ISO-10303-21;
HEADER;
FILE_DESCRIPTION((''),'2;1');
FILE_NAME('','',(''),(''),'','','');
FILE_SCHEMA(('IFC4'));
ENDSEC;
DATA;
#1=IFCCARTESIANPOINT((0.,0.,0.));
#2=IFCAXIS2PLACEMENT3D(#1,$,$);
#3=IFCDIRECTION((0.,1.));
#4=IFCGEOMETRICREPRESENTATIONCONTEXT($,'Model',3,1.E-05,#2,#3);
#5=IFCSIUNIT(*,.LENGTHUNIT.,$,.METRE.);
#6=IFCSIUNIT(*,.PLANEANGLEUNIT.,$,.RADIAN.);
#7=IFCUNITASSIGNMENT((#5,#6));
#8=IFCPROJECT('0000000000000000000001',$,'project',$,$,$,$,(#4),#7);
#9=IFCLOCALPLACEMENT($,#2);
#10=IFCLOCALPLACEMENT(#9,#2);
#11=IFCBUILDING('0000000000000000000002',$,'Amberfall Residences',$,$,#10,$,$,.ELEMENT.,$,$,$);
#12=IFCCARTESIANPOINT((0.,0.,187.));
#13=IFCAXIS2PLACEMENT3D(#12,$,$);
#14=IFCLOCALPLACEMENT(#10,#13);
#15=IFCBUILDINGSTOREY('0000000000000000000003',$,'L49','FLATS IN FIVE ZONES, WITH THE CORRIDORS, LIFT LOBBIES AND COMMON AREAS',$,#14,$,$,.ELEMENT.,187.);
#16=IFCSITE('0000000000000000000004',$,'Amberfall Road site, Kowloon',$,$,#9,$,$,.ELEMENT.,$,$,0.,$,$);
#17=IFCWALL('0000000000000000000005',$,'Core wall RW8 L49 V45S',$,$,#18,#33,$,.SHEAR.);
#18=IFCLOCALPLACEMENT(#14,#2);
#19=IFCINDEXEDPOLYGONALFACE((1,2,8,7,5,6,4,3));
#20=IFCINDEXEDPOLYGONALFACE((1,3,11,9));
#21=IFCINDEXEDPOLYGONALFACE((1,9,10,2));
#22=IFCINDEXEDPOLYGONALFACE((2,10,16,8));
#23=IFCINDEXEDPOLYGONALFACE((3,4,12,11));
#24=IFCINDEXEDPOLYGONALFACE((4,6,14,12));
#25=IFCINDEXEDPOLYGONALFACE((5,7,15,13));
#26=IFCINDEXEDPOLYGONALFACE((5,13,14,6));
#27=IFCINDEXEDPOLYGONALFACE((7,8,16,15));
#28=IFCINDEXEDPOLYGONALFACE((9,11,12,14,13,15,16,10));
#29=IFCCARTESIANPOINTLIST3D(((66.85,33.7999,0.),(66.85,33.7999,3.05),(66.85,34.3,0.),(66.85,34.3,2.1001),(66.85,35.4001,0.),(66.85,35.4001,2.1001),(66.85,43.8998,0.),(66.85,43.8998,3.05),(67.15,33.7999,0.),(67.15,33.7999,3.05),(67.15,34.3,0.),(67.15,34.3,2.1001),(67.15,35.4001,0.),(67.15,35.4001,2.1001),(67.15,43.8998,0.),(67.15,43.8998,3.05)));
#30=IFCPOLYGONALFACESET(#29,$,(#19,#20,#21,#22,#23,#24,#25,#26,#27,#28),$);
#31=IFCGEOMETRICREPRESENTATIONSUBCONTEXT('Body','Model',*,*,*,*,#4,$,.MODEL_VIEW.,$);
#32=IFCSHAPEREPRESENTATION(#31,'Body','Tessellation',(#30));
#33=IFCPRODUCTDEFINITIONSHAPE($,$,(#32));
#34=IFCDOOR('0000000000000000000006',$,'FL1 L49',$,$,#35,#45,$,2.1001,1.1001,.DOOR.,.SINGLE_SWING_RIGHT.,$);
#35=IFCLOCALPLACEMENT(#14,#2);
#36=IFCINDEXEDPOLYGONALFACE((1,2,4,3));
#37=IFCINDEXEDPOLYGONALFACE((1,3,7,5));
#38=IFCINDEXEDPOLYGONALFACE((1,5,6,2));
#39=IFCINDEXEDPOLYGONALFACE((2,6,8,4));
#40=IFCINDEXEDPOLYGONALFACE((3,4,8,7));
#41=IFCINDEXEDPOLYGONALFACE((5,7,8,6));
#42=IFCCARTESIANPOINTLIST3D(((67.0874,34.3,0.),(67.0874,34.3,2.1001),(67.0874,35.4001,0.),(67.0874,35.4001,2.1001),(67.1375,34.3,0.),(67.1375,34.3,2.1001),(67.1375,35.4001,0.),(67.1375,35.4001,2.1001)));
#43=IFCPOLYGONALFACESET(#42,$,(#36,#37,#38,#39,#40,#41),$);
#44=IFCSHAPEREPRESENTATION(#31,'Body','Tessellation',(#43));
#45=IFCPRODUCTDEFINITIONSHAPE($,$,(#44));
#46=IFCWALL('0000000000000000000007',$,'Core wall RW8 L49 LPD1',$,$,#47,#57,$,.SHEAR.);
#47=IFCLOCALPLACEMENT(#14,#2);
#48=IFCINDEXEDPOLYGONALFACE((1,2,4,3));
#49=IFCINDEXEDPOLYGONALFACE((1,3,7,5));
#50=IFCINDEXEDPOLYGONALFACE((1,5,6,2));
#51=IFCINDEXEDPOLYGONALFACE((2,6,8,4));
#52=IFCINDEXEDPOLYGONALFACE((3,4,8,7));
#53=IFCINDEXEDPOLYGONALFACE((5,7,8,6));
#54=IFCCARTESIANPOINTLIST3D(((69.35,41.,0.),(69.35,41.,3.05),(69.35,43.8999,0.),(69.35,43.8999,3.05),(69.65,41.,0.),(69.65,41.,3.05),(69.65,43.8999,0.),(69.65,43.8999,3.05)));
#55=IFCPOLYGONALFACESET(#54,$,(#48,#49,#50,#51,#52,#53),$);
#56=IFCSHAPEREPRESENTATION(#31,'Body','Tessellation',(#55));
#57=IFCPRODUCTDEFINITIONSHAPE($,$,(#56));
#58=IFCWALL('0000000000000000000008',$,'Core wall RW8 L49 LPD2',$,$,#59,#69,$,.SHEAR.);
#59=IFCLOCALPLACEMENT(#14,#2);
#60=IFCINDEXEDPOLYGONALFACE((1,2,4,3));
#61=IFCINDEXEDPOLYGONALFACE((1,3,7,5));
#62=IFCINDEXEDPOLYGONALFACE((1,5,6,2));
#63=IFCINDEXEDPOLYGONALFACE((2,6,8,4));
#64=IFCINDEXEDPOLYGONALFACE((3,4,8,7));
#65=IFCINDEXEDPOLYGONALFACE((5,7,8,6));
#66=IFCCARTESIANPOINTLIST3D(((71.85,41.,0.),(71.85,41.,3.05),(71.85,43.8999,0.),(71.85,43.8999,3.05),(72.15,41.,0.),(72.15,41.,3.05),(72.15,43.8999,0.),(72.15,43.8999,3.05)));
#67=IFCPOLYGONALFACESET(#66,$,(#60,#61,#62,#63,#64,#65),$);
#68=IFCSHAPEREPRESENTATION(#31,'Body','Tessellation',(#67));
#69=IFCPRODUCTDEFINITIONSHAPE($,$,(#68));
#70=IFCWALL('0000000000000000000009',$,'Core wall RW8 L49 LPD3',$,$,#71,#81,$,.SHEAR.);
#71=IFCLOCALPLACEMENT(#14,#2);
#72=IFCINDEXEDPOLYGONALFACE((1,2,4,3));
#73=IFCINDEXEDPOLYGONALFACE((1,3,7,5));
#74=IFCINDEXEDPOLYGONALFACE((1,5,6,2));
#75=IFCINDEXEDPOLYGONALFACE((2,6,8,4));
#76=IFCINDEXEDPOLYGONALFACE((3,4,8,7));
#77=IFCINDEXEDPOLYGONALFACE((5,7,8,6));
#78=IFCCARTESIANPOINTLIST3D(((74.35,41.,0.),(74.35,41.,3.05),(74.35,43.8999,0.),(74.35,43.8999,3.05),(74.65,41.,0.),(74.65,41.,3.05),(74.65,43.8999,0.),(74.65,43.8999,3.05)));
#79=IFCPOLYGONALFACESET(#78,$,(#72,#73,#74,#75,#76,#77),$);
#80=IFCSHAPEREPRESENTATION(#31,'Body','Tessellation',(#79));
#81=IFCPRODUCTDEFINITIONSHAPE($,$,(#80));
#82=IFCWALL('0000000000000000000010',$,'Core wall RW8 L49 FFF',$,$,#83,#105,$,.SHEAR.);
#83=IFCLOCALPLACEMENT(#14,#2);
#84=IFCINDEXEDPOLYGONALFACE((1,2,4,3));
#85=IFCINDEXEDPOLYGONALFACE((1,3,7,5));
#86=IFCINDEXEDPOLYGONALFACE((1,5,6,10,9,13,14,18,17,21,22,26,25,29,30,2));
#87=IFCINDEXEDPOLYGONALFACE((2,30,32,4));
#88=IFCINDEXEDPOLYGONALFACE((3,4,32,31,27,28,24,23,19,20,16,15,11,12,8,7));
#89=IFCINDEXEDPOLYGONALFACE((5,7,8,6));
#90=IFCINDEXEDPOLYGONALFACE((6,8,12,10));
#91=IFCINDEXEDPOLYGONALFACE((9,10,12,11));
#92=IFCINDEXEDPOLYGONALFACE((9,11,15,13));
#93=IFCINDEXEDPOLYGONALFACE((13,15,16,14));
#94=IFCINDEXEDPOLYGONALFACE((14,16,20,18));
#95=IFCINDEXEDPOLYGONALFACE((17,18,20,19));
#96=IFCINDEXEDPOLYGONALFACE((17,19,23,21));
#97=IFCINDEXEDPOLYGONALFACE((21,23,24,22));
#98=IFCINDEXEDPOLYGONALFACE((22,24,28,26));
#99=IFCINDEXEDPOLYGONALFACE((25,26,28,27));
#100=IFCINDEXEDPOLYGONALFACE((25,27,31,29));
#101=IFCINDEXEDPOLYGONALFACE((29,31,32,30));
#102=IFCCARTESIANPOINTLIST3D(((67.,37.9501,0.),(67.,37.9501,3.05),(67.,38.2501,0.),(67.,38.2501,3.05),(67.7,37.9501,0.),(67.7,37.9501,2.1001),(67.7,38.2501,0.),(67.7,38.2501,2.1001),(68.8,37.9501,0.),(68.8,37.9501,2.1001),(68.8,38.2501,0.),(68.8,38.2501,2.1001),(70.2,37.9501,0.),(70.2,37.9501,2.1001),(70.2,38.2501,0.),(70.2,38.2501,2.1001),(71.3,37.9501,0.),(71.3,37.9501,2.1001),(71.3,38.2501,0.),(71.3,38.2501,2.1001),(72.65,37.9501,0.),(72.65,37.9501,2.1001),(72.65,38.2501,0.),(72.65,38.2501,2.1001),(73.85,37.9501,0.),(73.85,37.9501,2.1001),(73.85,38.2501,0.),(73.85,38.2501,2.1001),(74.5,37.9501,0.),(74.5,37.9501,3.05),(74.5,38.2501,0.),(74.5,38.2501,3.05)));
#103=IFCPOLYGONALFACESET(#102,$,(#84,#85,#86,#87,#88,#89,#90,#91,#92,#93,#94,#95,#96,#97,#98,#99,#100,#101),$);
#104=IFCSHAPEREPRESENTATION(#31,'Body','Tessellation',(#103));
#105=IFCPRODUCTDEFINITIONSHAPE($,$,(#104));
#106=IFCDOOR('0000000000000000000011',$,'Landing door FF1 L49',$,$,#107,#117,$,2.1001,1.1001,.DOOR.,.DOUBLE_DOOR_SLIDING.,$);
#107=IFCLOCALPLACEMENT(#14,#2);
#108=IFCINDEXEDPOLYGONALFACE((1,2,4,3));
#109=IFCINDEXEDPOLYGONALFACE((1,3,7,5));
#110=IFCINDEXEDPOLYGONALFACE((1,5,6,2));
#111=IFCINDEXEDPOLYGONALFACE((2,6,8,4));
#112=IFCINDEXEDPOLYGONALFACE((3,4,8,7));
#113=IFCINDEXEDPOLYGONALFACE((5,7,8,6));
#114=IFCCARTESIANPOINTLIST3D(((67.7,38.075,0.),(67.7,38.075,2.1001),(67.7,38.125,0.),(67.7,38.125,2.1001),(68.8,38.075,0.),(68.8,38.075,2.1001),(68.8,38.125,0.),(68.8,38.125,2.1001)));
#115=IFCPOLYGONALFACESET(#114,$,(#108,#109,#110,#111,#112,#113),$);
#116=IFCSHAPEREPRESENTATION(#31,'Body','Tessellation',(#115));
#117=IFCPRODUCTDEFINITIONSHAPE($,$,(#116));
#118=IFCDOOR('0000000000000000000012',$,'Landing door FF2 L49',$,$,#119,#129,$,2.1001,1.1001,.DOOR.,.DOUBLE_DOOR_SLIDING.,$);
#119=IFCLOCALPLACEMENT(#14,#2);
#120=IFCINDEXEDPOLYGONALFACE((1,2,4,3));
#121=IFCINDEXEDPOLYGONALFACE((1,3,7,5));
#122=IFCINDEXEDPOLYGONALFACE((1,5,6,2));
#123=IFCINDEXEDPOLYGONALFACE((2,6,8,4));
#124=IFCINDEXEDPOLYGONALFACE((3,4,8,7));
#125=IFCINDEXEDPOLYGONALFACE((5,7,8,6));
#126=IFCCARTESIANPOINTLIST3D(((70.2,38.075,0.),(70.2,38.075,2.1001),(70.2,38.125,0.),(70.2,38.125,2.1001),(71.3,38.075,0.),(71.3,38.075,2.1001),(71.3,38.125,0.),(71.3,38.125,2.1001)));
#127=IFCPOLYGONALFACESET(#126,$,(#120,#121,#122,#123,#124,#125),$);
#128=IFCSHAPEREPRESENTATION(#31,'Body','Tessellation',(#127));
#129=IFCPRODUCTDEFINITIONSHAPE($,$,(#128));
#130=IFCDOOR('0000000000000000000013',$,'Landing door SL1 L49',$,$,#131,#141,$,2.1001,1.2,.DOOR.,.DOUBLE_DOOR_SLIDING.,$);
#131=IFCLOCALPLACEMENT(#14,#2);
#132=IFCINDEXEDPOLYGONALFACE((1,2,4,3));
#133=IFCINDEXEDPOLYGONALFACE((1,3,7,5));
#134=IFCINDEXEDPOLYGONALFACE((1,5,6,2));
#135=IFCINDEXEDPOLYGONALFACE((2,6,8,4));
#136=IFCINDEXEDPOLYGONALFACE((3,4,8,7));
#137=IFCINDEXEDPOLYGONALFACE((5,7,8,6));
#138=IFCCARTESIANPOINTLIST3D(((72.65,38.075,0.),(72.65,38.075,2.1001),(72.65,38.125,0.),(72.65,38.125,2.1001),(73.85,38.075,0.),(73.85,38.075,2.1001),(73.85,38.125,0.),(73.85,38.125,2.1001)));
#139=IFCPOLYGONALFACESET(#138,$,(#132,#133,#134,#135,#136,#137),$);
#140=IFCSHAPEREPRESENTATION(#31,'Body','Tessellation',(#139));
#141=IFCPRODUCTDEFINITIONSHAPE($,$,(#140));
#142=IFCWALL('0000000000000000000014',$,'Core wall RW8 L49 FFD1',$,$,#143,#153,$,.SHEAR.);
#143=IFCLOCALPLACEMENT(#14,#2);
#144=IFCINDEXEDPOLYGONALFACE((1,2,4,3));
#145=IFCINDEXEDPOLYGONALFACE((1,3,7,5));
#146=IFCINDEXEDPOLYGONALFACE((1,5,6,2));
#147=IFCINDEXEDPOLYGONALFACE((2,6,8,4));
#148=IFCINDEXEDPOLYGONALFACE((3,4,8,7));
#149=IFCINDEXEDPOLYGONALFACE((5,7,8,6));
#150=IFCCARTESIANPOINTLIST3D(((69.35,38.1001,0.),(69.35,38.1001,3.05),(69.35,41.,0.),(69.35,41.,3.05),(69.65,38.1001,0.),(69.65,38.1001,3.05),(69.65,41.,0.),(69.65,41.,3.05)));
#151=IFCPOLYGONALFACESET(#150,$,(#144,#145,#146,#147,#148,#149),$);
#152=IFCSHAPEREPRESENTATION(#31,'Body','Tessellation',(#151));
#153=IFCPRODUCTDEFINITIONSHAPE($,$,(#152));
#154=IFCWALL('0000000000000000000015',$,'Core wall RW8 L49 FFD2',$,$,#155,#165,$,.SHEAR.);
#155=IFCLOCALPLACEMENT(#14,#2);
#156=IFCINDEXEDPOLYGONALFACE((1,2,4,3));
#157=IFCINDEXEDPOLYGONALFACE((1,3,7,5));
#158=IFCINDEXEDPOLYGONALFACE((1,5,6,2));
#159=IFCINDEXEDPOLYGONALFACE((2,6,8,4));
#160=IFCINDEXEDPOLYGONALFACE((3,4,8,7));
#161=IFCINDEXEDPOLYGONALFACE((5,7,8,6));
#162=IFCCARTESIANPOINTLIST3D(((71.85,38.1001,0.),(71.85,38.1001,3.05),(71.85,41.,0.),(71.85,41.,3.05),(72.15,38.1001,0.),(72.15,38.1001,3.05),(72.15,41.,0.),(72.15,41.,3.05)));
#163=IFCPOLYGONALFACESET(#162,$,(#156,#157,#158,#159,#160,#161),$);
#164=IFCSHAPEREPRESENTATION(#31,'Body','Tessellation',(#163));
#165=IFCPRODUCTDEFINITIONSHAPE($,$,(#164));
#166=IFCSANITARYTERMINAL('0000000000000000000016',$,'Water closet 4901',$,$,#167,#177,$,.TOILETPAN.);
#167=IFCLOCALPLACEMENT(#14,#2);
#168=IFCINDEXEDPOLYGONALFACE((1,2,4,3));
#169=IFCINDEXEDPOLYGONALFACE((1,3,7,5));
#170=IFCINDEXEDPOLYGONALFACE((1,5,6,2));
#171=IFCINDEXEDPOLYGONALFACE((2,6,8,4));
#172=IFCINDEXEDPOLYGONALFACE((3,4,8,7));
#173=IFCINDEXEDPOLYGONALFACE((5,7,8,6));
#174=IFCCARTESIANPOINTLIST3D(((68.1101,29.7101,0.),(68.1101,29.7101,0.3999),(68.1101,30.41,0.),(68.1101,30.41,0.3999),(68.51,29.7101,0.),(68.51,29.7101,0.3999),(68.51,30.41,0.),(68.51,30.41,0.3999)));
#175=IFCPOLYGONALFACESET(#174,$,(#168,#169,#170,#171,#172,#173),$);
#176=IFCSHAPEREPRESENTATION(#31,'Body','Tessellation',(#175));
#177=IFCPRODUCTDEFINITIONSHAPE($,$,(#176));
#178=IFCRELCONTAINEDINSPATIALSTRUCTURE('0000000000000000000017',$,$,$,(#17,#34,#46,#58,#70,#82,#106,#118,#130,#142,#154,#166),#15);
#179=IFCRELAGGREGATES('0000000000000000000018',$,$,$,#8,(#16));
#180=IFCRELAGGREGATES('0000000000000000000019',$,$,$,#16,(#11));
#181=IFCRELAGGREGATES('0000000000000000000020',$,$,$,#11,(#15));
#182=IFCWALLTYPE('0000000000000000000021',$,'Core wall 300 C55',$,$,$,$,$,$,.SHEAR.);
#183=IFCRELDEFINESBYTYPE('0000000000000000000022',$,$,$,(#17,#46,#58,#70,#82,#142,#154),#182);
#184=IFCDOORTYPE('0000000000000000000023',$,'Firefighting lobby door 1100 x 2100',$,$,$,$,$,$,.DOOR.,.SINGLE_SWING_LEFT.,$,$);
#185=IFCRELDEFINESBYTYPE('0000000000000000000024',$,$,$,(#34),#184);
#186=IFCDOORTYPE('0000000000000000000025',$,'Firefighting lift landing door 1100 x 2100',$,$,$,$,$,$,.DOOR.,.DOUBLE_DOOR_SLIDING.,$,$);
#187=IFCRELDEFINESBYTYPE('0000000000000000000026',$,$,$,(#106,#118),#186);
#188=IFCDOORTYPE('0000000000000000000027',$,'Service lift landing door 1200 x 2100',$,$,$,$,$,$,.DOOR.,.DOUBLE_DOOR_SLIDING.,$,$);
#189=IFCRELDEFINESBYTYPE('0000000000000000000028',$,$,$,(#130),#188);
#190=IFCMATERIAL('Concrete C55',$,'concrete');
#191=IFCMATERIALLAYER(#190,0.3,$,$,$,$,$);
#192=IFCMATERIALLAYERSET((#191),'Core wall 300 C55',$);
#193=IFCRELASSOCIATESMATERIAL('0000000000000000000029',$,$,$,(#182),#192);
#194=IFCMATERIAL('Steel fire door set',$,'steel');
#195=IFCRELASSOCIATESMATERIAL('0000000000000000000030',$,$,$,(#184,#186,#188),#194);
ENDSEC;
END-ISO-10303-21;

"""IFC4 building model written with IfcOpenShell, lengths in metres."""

from ifc_helpers import new_model, si_unit, direction, frame, frame_2d, origin, origin_2d, place, context, subcontext, project, spatial, rectangle, extrude, material, layer, layer_set, type_object, element, fill, save


model = new_model("IFC4")

# Units and contexts
model_context = context("Model", 3, precision=1e-05, world=origin(), true_north=direction((0.0, 1.0)))
body_context = subcontext(model_context, "Body", "Model", "MODEL_VIEW")
ifc_project = project(units=[si_unit("LENGTHUNIT", "METRE"), si_unit("PLANEANGLEUNIT", "RADIAN")], contexts=[model_context])

# Site, building, storey
site_placement = place(None, origin())
site = spatial("IfcSite", under=ifc_project, at=site_placement, Name="Amberfall Road site, Kowloon", CompositionType="ELEMENT", RefElevation=0.0)
building_placement = place(site_placement, origin())
building = spatial("IfcBuilding", under=site, at=building_placement, Name="Amberfall Residences", CompositionType="ELEMENT")
storey_placement = place(building_placement, frame((0.0, 0.0, 187.0)))
storey = spatial("IfcBuildingStorey", under=building, at=storey_placement, Name="L49", Description="FLATS IN FIVE ZONES, WITH THE CORRIDORS, LIFT LOBBIES AND COMMON AREAS", CompositionType="ELEMENT", Elevation=187.0)

# Wall, opening, door
ifc_material_1 = material(Name="Concrete C55", Category="concrete")
ifc_layer = layer(ifc_material_1, 0.3)
ifc_layer_set = layer_set([ifc_layer], Name="Core wall 300 C55")
wall_type = type_object("IfcWallType", Name="Core wall 300 C55", PredefinedType="SHEAR", material=ifc_layer_set)
wall_1_placement = place(storey_placement, frame((67.0, 33.8, 0.0), z_axis=(0.0, 0.0, 1.0), x_axis=(0.0, 1.0, 0.0)))
wall_1 = element("IfcWall", 1, at=wall_1_placement, inside=storey, type_object=wall_type, Name="Core wall RW8 L49 V45S", PredefinedType="SHEAR", context=body_context, shape_type="SweptSolid", body=[
    extrude(rectangle(XDim=10.0999, YDim=0.3, at=frame_2d((5.0498, 0.0))), origin(), (0.0, 0.0, 1.0), 3.05),
])
opening_1_placement = place(wall_1_placement, frame((0.5, 0.0, 0.0)))
opening_1 = element("IfcOpeningElement", 2, at=opening_1_placement, cuts=wall_1, PredefinedType="OPENING", context=body_context, shape_type="SweptSolid", body=[
    extrude(rectangle(XDim=1.1001, YDim=2.1001, at=frame_2d((0.55, 1.05))), frame((0.0, 0.1599, 0.0), z_axis=(0.0, -1.0, 0.0), x_axis=(1.0, 0.0, 0.0)), (0.0, 0.0, 1.0), 0.3201),
])
ifc_material_2 = material(Name="Steel fire door set", Category="steel")
door_type_1 = type_object("IfcDoorType", Name="Firefighting lobby door 1100 x 2100", OperationType="SINGLE_SWING_LEFT", PredefinedType="DOOR", material=ifc_material_2)
door_1_placement = place(opening_1_placement, origin())
door_1 = element("IfcDoor", 3, at=door_1_placement, inside=storey, type_object=door_type_1, Name="FL1 L49", OperationType="SINGLE_SWING_RIGHT", OverallHeight=2.1001, OverallWidth=1.1001, PredefinedType="DOOR", context=body_context, shape_type="SweptSolid", body=[
    extrude(rectangle(XDim=1.1001, YDim=2.1001, at=frame_2d((0.55, 1.05))), frame((0.0, -0.0874, 0.0), z_axis=(0.0, -1.0, 0.0), x_axis=(1.0, 0.0, 0.0)), (0.0, 0.0, 1.0), 0.05),
])
fill(opening_1, door_1)

# Walls
for number, where, z_axis, x_axis, name in (
    (4, (69.5, 41.0, 0.0), (0.0, 0.0, 1.0), (0.0, 1.0, 0.0), "Core wall RW8 L49 LPD1"),
    (5, (72.0, 41.0, 0.0), (0.0, 0.0, 1.0), (0.0, 1.0, 0.0), "Core wall RW8 L49 LPD2"),
    (6, (74.5, 41.0, 0.0), (0.0, 0.0, 1.0), (0.0, 1.0, 0.0), "Core wall RW8 L49 LPD3"),
):
    element("IfcWall", number, at=place(storey_placement, frame(where, z_axis=z_axis, x_axis=x_axis)), inside=storey, type_object=wall_type, Name=name, PredefinedType="SHEAR", context=body_context, shape_type="SweptSolid", body=[
        extrude(rectangle(XDim=2.8999, YDim=0.3, at=frame_2d((1.45, 0.0))), origin(), (0.0, 0.0, 1.0), 3.05),
    ])

# Wall, openings, doors
wall_2_placement = place(storey_placement, frame((67.0, 38.1001, 0.0), z_axis=(0.0, 0.0, 1.0), x_axis=(1.0, 0.0, 0.0)))
wall_2 = element("IfcWall", 7, at=wall_2_placement, inside=storey, type_object=wall_type, Name="Core wall RW8 L49 FFF", PredefinedType="SHEAR", context=body_context, shape_type="SweptSolid", body=[
    extrude(rectangle(XDim=7.5, YDim=0.3, at=frame_2d((3.75, 0.0))), origin(), (0.0, 0.0, 1.0), 3.05),
])
opening_2_placement = place(wall_2_placement, frame((0.7, 0.0, 0.0)))
opening_2 = element("IfcOpeningElement", 8, at=opening_2_placement, cuts=wall_2, PredefinedType="OPENING", context=body_context, shape_type="SweptSolid", body=[
    extrude(rectangle(XDim=1.1001, YDim=2.1001, at=frame_2d((0.55, 1.05))), frame((0.0, 0.1599, 0.0), z_axis=(0.0, -1.0, 0.0), x_axis=(1.0, 0.0, 0.0)), (0.0, 0.0, 1.0), 0.3201),
])
opening_3_placement = place(wall_2_placement, frame((3.2, 0.0, 0.0)))
opening_3 = element("IfcOpeningElement", 9, at=opening_3_placement, cuts=wall_2, PredefinedType="OPENING", context=body_context, shape_type="SweptSolid", body=[
    extrude(rectangle(XDim=1.1001, YDim=2.1001, at=frame_2d((0.55, 1.05))), frame((0.0, 0.1599, 0.0), z_axis=(0.0, -1.0, 0.0), x_axis=(1.0, 0.0, 0.0)), (0.0, 0.0, 1.0), 0.3201),
])
opening_4_placement = place(wall_2_placement, frame((5.6499, 0.0, 0.0)))
opening_4 = element("IfcOpeningElement", 10, at=opening_4_placement, cuts=wall_2, PredefinedType="OPENING", context=body_context, shape_type="SweptSolid", body=[
    extrude(rectangle(XDim=1.2, YDim=2.1001, at=frame_2d((0.6001, 1.05))), frame((0.0, 0.1599, 0.0), z_axis=(0.0, -1.0, 0.0), x_axis=(1.0, 0.0, 0.0)), (0.0, 0.0, 1.0), 0.3201),
])
door_type_2 = type_object("IfcDoorType", Name="Firefighting lift landing door 1100 x 2100", OperationType="DOUBLE_DOOR_SLIDING", PredefinedType="DOOR", material=ifc_material_2)
door_2_placement = place(opening_2_placement, origin())
door_2 = element("IfcDoor", 11, at=door_2_placement, inside=storey, type_object=door_type_2, Name="Landing door FF1 L49", OperationType="DOUBLE_DOOR_SLIDING", OverallHeight=2.1001, OverallWidth=1.1001, PredefinedType="DOOR", context=body_context, shape_type="SweptSolid", body=[
    extrude(rectangle(XDim=1.1001, YDim=2.1001, at=frame_2d((0.55, 1.05))), frame((0.0, 0.0249, 0.0), z_axis=(0.0, -1.0, 0.0), x_axis=(1.0, 0.0, 0.0)), (0.0, 0.0, 1.0), 0.05),
])
fill(opening_2, door_2)
door_3_placement = place(opening_3_placement, origin())
door_3 = element("IfcDoor", 12, at=door_3_placement, inside=storey, type_object=door_type_2, Name="Landing door FF2 L49", OperationType="DOUBLE_DOOR_SLIDING", OverallHeight=2.1001, OverallWidth=1.1001, PredefinedType="DOOR", context=body_context, shape_type="SweptSolid", body=[
    extrude(rectangle(XDim=1.1001, YDim=2.1001, at=frame_2d((0.55, 1.05))), frame((0.0, 0.0249, 0.0), z_axis=(0.0, -1.0, 0.0), x_axis=(1.0, 0.0, 0.0)), (0.0, 0.0, 1.0), 0.05),
])
fill(opening_3, door_3)
door_type_3 = type_object("IfcDoorType", Name="Service lift landing door 1200 x 2100", OperationType="DOUBLE_DOOR_SLIDING", PredefinedType="DOOR", material=ifc_material_2)
door_4_placement = place(opening_4_placement, origin())
door_4 = element("IfcDoor", 13, at=door_4_placement, inside=storey, type_object=door_type_3, Name="Landing door SL1 L49", OperationType="DOUBLE_DOOR_SLIDING", OverallHeight=2.1001, OverallWidth=1.2, PredefinedType="DOOR", context=body_context, shape_type="SweptSolid", body=[
    extrude(rectangle(XDim=1.2, YDim=2.1001, at=frame_2d((0.6001, 1.05))), frame((0.0, 0.0249, 0.0), z_axis=(0.0, -1.0, 0.0), x_axis=(1.0, 0.0, 0.0)), (0.0, 0.0, 1.0), 0.05),
])
fill(opening_4, door_4)

# Walls
for number, where, z_axis, x_axis, name in (
    (14, (69.5, 38.1001, 0.0), (0.0, 0.0, 1.0), (0.0, 1.0, 0.0), "Core wall RW8 L49 FFD1"),
    (15, (72.0, 38.1001, 0.0), (0.0, 0.0, 1.0), (0.0, 1.0, 0.0), "Core wall RW8 L49 FFD2"),
):
    element("IfcWall", number, at=place(storey_placement, frame(where, z_axis=z_axis, x_axis=x_axis)), inside=storey, type_object=wall_type, Name=name, PredefinedType="SHEAR", context=body_context, shape_type="SweptSolid", body=[
        extrude(rectangle(XDim=2.8999, YDim=0.3, at=frame_2d((1.45, 0.0))), origin(), (0.0, 0.0, 1.0), 3.05),
    ])

# Sanitary terminal
sanitary_terminal_1_placement = place(storey_placement, frame((68.3101, 30.0601, 0.0), z_axis=(0.0, 0.0, 1.0), x_axis=(1.0, 0.0, 0.0)))
element("IfcSanitaryTerminal", 16, at=sanitary_terminal_1_placement, inside=storey, Name="Water closet 4901", PredefinedType="TOILETPAN", context=body_context, shape_type="SweptSolid", body=[
    extrude(rectangle(XDim=0.3999, YDim=0.7, at=origin_2d()), origin(), (0.0, 0.0, 1.0), 0.3999),
])

save(model, "model.ifc")
